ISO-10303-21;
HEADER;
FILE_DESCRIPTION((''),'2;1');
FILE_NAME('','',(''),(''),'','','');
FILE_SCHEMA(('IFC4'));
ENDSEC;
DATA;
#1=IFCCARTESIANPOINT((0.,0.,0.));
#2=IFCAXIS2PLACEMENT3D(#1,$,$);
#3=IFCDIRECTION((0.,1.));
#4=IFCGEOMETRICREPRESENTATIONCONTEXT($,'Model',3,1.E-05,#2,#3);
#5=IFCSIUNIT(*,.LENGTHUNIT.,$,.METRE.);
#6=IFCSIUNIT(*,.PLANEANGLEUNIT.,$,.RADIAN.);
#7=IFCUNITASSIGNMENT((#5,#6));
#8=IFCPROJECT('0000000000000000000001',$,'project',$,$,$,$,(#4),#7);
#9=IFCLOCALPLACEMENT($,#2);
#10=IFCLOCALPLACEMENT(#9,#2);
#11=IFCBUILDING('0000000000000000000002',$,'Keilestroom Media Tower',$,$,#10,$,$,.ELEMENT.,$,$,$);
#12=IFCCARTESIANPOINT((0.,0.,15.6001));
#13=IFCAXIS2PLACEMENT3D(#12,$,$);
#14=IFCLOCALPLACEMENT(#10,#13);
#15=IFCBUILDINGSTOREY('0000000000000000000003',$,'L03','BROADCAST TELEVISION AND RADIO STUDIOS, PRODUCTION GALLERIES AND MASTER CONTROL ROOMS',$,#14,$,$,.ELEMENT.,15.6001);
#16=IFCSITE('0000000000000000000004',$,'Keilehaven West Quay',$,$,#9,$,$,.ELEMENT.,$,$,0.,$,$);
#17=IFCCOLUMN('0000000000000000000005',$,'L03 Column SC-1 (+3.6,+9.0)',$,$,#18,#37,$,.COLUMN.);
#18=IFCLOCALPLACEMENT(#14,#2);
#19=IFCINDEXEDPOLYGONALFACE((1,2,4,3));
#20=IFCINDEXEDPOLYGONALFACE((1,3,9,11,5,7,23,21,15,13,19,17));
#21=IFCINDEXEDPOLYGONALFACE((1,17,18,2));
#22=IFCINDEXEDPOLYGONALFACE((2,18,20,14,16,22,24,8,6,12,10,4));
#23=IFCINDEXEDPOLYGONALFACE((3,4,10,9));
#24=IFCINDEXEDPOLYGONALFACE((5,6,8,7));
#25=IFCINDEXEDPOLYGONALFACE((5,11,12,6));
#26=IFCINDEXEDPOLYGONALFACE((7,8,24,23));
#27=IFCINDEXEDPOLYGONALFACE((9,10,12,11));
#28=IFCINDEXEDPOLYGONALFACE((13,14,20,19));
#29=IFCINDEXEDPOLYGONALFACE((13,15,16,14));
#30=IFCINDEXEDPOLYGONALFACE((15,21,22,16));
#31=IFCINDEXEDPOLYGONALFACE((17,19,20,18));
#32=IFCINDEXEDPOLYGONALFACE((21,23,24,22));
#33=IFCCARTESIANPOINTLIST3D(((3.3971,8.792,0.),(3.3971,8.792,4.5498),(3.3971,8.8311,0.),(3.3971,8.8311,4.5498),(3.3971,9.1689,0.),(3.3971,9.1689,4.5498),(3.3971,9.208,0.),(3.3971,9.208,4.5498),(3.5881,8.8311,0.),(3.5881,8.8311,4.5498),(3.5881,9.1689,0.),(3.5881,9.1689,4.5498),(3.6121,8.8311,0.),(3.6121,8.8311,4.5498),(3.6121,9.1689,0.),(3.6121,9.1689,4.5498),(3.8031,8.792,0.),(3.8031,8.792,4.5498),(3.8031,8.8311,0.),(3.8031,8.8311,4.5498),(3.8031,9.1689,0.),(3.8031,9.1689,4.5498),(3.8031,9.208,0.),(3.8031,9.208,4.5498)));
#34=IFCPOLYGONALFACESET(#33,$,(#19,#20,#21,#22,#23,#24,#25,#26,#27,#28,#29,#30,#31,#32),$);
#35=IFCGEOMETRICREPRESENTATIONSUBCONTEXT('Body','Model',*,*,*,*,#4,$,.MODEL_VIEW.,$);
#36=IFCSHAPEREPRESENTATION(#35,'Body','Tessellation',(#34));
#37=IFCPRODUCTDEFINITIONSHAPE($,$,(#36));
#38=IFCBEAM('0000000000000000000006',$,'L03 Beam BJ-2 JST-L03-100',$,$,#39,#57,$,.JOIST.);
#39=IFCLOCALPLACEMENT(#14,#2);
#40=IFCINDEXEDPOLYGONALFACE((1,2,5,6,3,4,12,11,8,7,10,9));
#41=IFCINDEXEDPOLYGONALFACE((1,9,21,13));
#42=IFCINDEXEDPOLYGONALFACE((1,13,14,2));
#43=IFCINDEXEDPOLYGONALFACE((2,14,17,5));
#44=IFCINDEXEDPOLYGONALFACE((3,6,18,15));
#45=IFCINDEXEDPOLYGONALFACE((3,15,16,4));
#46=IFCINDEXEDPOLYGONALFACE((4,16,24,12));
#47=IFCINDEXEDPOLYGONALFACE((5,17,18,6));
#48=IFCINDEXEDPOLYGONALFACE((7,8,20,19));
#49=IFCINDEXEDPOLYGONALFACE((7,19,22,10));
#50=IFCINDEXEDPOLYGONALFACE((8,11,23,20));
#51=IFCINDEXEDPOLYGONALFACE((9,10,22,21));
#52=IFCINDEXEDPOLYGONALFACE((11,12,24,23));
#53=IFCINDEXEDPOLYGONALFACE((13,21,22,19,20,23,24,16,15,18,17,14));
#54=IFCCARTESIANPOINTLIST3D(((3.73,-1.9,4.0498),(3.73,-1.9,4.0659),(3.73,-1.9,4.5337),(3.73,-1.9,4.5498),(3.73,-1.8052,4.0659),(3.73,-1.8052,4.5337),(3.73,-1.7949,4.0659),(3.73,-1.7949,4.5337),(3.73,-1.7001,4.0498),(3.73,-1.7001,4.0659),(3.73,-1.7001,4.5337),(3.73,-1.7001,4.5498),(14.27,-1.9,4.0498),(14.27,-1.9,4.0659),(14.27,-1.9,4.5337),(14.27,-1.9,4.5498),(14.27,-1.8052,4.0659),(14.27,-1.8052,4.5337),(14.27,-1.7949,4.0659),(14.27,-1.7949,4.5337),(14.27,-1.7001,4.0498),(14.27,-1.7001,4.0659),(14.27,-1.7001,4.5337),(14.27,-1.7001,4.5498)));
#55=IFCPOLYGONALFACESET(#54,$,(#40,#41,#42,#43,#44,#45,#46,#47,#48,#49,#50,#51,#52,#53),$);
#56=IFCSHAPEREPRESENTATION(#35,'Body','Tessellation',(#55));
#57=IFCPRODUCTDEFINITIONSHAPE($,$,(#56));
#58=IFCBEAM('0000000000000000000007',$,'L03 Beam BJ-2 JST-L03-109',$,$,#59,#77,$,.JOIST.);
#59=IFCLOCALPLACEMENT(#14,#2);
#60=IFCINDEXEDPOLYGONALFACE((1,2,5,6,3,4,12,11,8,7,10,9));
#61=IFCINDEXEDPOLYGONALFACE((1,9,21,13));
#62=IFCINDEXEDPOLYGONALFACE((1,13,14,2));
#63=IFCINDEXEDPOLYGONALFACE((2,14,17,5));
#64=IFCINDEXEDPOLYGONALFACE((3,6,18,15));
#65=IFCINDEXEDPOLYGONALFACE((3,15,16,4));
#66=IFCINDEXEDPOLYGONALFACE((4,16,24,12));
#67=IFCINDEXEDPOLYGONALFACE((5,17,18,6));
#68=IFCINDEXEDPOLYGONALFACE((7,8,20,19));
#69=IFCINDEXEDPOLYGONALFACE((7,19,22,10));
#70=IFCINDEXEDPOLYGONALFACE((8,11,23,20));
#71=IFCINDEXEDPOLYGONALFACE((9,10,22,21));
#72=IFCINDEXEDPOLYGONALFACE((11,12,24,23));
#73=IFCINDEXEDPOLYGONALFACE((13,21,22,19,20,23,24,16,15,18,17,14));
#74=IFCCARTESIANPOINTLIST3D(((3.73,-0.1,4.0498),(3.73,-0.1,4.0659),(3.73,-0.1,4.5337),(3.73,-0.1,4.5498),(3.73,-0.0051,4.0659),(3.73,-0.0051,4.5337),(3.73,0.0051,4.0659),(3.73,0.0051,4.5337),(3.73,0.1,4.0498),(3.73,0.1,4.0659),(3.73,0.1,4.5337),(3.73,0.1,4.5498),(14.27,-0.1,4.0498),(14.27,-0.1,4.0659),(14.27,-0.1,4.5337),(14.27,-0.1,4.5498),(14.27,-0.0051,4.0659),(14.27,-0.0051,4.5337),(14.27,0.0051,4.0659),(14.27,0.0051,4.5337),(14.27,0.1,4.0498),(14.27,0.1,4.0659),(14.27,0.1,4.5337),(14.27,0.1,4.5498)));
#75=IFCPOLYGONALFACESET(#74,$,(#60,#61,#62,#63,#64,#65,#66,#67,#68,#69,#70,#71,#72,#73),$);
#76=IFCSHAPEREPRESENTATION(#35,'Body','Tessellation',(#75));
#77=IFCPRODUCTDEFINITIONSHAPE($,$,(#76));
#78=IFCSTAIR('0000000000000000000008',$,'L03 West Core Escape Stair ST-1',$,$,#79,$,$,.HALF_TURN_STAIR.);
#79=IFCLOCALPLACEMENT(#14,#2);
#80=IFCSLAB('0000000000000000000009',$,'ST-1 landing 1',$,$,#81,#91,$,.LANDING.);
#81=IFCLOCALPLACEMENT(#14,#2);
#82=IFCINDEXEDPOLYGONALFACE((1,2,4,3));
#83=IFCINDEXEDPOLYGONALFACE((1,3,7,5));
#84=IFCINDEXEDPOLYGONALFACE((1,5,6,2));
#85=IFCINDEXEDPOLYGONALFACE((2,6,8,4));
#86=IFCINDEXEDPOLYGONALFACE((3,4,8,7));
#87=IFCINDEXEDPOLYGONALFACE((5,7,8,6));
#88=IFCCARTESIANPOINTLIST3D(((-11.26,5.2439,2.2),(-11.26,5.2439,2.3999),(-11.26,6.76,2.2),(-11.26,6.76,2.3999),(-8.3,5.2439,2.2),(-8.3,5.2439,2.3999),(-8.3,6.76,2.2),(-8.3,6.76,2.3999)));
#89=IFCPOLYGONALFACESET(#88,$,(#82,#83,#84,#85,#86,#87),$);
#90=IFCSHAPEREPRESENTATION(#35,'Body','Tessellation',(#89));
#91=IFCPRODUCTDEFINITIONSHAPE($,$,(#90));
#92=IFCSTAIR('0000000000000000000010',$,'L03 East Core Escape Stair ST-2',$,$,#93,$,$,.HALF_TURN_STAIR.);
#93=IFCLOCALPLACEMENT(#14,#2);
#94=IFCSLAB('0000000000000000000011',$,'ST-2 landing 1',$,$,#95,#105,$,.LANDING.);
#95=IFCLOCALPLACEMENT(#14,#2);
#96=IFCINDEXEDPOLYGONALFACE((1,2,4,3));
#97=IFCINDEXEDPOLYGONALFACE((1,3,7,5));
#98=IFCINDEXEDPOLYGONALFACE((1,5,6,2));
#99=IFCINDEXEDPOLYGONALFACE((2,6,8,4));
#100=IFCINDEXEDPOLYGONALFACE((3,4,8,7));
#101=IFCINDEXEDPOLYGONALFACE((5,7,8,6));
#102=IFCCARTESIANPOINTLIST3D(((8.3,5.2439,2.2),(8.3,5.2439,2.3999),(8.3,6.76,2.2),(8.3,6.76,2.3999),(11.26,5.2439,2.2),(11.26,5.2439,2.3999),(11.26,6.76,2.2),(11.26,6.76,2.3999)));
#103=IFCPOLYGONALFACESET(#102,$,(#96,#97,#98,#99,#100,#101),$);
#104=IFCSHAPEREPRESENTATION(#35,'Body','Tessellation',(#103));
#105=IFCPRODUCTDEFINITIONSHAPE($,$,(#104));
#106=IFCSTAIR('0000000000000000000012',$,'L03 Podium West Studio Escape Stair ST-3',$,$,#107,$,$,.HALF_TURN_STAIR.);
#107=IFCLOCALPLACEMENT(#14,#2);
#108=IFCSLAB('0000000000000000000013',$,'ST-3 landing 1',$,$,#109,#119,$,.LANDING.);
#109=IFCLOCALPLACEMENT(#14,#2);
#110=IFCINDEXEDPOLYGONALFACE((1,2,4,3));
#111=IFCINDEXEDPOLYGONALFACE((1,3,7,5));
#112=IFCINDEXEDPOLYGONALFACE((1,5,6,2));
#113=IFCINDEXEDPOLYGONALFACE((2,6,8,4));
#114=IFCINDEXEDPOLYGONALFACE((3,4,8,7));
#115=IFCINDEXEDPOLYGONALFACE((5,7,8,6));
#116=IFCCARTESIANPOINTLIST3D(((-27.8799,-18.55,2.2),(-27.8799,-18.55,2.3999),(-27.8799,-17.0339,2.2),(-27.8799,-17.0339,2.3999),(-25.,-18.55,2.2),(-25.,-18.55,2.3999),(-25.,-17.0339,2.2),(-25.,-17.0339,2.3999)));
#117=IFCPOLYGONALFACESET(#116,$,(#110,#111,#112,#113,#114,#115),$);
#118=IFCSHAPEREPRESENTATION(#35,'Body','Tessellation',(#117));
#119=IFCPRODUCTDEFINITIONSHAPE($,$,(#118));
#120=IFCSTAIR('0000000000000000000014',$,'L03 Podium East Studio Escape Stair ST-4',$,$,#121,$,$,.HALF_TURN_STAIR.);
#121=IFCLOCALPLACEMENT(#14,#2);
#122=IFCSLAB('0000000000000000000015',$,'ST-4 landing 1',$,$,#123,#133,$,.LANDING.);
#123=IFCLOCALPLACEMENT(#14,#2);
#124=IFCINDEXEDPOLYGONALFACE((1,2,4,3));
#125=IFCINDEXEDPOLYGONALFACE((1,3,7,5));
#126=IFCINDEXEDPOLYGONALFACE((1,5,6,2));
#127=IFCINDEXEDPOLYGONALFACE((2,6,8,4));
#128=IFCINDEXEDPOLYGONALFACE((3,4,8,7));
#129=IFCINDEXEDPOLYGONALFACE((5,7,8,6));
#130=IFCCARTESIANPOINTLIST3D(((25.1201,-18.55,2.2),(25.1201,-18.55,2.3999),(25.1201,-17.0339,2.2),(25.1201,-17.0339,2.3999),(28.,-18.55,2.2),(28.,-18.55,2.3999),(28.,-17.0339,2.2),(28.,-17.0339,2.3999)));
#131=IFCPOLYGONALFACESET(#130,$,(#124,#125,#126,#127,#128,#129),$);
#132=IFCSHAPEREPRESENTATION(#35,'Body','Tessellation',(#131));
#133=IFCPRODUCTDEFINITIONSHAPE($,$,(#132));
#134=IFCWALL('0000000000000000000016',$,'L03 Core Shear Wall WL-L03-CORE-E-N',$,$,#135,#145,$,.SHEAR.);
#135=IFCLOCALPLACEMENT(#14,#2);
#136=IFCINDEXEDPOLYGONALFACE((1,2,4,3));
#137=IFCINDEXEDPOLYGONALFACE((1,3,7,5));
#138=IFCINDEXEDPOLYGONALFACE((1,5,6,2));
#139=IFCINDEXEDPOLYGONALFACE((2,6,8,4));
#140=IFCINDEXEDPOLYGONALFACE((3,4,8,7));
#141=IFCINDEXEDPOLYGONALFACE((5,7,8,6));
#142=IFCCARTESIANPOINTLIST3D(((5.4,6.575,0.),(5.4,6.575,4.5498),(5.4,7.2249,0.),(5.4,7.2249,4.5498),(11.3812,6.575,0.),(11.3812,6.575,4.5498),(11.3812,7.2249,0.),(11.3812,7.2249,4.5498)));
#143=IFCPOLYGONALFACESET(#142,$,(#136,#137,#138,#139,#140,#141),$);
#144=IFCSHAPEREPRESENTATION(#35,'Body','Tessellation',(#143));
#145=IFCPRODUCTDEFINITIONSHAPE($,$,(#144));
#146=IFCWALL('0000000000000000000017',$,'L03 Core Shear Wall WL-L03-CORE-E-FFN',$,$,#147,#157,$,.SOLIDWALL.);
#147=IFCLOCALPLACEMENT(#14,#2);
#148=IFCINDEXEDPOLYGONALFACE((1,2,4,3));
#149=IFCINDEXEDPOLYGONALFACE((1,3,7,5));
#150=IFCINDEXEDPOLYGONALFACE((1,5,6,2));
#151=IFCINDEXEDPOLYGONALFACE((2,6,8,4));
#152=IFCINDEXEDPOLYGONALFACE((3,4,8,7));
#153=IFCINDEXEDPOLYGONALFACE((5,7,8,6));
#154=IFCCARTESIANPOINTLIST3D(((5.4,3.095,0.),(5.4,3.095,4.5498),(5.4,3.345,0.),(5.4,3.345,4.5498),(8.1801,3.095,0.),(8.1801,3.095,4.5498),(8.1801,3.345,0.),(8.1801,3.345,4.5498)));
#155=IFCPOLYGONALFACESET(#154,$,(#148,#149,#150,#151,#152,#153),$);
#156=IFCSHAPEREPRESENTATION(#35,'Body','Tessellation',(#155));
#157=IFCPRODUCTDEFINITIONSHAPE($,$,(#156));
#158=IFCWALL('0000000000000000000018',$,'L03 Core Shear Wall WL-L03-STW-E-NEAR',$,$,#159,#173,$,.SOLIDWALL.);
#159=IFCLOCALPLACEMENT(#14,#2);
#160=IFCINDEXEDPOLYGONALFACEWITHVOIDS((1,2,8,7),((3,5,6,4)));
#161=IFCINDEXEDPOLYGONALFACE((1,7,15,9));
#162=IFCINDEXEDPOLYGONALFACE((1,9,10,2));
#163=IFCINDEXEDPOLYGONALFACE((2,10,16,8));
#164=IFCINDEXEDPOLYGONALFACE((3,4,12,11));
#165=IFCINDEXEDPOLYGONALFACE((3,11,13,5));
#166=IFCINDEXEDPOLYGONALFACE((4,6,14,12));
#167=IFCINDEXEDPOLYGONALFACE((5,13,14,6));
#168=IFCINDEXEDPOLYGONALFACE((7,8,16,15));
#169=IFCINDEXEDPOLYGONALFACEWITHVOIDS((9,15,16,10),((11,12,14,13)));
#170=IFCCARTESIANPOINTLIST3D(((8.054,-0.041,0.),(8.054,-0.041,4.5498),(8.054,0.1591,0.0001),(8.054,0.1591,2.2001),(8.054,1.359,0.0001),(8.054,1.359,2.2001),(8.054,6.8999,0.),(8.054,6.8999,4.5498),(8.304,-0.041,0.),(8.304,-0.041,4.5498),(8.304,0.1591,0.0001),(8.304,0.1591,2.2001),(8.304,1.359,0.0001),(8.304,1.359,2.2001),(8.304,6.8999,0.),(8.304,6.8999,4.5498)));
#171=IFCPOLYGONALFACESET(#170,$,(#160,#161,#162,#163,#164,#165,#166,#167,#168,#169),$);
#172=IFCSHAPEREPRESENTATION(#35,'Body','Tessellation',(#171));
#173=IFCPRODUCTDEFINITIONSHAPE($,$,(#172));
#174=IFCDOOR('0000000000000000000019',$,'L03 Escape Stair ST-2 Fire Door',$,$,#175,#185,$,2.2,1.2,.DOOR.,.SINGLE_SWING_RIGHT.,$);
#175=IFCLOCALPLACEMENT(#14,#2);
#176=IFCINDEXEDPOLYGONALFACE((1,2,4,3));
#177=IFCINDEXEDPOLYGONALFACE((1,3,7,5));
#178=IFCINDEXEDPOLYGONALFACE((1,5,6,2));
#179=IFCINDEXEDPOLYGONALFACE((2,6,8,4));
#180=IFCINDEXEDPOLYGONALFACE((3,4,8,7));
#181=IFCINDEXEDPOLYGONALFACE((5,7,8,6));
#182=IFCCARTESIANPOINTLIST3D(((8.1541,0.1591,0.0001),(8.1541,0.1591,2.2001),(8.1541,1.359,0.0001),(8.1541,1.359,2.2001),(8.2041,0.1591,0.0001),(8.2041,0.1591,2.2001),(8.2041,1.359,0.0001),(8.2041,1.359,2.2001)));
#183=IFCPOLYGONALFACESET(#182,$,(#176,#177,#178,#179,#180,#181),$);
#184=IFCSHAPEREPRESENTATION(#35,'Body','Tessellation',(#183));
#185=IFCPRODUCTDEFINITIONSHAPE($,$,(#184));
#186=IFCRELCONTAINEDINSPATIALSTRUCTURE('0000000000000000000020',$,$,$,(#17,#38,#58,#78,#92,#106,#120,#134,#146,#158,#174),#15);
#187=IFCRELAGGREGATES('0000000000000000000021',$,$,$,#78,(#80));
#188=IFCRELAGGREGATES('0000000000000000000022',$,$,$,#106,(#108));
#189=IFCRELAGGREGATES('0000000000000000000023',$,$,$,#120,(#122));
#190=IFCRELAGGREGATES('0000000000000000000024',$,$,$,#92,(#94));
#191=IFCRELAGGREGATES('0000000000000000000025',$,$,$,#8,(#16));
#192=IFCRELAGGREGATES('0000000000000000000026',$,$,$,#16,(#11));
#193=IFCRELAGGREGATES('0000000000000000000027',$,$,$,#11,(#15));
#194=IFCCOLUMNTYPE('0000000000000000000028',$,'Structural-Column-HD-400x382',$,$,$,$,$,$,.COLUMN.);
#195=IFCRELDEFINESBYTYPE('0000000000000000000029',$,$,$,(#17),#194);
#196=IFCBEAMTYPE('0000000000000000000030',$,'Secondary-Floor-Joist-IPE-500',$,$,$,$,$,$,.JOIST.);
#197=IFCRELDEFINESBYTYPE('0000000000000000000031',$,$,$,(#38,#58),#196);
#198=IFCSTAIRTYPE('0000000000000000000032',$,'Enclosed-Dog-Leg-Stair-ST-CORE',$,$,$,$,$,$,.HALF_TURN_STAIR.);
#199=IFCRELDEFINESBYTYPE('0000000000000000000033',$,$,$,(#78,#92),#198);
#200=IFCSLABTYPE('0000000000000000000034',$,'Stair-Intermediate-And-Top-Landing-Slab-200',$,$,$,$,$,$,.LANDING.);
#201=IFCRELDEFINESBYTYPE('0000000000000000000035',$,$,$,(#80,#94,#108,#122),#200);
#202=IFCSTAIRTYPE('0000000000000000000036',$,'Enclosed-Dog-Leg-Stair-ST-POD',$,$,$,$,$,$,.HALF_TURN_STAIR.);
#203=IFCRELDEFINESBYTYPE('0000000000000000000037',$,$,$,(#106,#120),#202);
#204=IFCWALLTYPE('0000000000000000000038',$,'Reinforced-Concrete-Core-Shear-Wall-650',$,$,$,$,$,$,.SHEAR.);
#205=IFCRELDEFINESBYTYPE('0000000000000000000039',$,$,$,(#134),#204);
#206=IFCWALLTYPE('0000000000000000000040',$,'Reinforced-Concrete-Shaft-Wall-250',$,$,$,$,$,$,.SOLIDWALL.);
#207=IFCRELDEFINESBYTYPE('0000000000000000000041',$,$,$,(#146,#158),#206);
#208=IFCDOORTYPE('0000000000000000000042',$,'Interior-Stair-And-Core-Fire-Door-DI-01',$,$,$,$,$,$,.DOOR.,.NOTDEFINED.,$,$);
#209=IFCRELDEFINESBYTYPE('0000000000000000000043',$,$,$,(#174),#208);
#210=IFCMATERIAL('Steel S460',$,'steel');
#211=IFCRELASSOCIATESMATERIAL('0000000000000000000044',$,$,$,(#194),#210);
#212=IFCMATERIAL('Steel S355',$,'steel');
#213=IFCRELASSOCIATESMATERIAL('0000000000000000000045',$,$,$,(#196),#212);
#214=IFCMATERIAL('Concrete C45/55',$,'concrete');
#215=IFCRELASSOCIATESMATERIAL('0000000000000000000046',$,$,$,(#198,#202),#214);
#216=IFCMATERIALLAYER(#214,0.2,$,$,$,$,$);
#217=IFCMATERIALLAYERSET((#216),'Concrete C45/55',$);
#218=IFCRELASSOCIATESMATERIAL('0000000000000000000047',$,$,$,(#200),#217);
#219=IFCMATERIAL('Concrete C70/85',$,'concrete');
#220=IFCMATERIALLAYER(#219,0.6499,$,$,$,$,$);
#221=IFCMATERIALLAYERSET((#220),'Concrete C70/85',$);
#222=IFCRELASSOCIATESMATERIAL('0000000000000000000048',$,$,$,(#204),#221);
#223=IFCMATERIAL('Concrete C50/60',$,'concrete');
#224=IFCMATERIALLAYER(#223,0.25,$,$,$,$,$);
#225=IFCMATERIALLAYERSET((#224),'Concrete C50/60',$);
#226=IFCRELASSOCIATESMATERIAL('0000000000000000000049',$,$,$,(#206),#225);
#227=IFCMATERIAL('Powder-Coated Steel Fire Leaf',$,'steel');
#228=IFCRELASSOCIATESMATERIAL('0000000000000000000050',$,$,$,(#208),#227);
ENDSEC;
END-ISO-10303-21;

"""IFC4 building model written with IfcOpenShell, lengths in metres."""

from ifc_helpers import new_model, si_unit, direction, frame, frame_2d, origin, origin_2d, place, context, subcontext, project, spatial, polyline, rectangle, i_section, outline, extrude, source, transform, mapped, material, layer, layer_set, material_profile, profile_set, type_object, element, fill, aggregate, save


model = new_model("IFC4")

# Units and contexts
model_context = context("Model", 3, precision=1e-05, world=origin(), true_north=direction((0.0, 1.0)))
body_context = subcontext(model_context, "Body", "Model", "MODEL_VIEW")
ifc_project = project(units=[si_unit("LENGTHUNIT", "METRE"), si_unit("PLANEANGLEUNIT", "RADIAN")], contexts=[model_context])

# Site, building, storey
site_placement = place(None, origin())
site = spatial("IfcSite", under=ifc_project, at=site_placement, Name="Keilehaven West Quay", CompositionType="ELEMENT", RefElevation=0.0)
building_placement = place(site_placement, origin())
building = spatial("IfcBuilding", under=site, at=building_placement, Name="Keilestroom Media Tower", CompositionType="ELEMENT")
storey_placement = place(building_placement, frame((0.0, 0.0, 15.6001)))
storey = spatial("IfcBuildingStorey", under=building, at=storey_placement, Name="L03", Description="BROADCAST TELEVISION AND RADIO STUDIOS, PRODUCTION GALLERIES AND MASTER CONTROL ROOMS", CompositionType="ELEMENT", Elevation=15.6001)

# Column
ifc_material_1 = material(Name="Steel S460", Category="steel")
ifc_material_profile_1 = material_profile(ifc_material_1, i_section(OverallWidth=0.406, OverallDepth=0.416, WebThickness=0.0239, FlangeThickness=0.0391, at=origin_2d()), Name="HD 400x382")
ifc_profile_set_1 = profile_set([ifc_material_profile_1], Name="Steel S460")
column_type = type_object("IfcColumnType", Name="Structural-Column-HD-400x382", PredefinedType="COLUMN", material=ifc_profile_set_1)
shared_shape_1 = source(origin(), body_context, "Body", "SweptSolid", [
    extrude(i_section(OverallWidth=0.406, OverallDepth=0.416, WebThickness=0.0239, FlangeThickness=0.0391, at=origin_2d()), origin(), (0.0, 0.0, 1.0), 4.5498),
])
column_placement = place(storey_placement, frame((3.6001, 9.0, 0.0), z_axis=(0.0, 0.0, 1.0), x_axis=(1.0, 0.0, 0.0)))
element("IfcColumn", 1, at=column_placement, inside=storey, type_object=column_type, Name="L03 Column SC-1 (+3.6,+9.0)", PredefinedType="COLUMN", context=body_context, shape_type="MappedRepresentation", body=[
    mapped(shared_shape_1, transform((0.0, 0.0, 0.0), x_axis=(1.0, 0.0, 0.0), y_axis=(0.0, 1.0, 0.0), z_axis=(0.0, 0.0, 1.0), scale=1.0)),
])

# Beams
ifc_material_2 = material(Name="Steel S355", Category="steel")
ifc_material_profile_2 = material_profile(ifc_material_2, i_section(OverallWidth=0.2, OverallDepth=0.5, WebThickness=0.0103, FlangeThickness=0.0161, at=origin_2d()), Name="IPE 500")
ifc_profile_set_2 = profile_set([ifc_material_profile_2], Name="Steel S355")
beam_type = type_object("IfcBeamType", Name="Secondary-Floor-Joist-IPE-500", PredefinedType="JOIST", material=ifc_profile_set_2)
shared_shape_2 = source(origin(), body_context, "Body", "SweptSolid", [
    extrude(i_section(OverallWidth=0.2, OverallDepth=0.5, WebThickness=0.0103, FlangeThickness=0.0161, at=origin_2d()), origin(), (0.0, 0.0, 1.0), 10.54),
])
for number, where, z_axis, x_axis, name in (
    (2, (3.73, -1.8, 4.2998), (1.0, 0.0, 0.0), (0.0, 1.0, 0.0), "L03 Beam BJ-2 JST-L03-100"),
    (3, (3.73, 0.0, 4.2998), (1.0, 0.0, 0.0), (0.0, 1.0, 0.0), "L03 Beam BJ-2 JST-L03-109"),
):
    element("IfcBeam", number, at=place(storey_placement, frame(where, z_axis=z_axis, x_axis=x_axis)), inside=storey, type_object=beam_type, Name=name, PredefinedType="JOIST", context=body_context, shape_type="MappedRepresentation", body=[
        mapped(shared_shape_2, transform((0.0, 0.0, 0.0), x_axis=(1.0, 0.0, 0.0), y_axis=(0.0, 1.0, 0.0), z_axis=(0.0, 0.0, 1.0), scale=1.0)),
    ])

# Stairs, slabs
ifc_material_3 = material(Name="Concrete C45/55", Category="concrete")
stair_type_1 = type_object("IfcStairType", Name="Enclosed-Dog-Leg-Stair-ST-CORE", PredefinedType="HALF_TURN_STAIR", material=ifc_material_3)
stair_1_placement = place(storey_placement, origin())
stair_1 = element("IfcStair", 4, at=stair_1_placement, inside=storey, type_object=stair_type_1, Name="L03 West Core Escape Stair ST-1", PredefinedType="HALF_TURN_STAIR")
ifc_layer_1 = layer(ifc_material_3, 0.2)
ifc_layer_set_1 = layer_set([ifc_layer_1], Name="Concrete C45/55")
slab_type = type_object("IfcSlabType", Name="Stair-Intermediate-And-Top-Landing-Slab-200", PredefinedType="LANDING", material=ifc_layer_set_1)
slab_1_placement = place(storey_placement, frame((0.0, 0.0, 2.2)))
slab_1 = element("IfcSlab", 5, at=slab_1_placement, type_object=slab_type, Name="ST-1 landing 1", PredefinedType="LANDING", context=body_context, shape_type="SweptSolid", body=[
    extrude(outline(polyline([(-8.3, 5.2439), (-8.3, 6.76), (-11.26, 6.76), (-11.26, 5.2439), (-8.3, 5.2439)])), origin(), (0.0, 0.0, 1.0), 0.2),
])
aggregate(stair_1, [slab_1])
stair_2_placement = place(storey_placement, origin())
stair_2 = element("IfcStair", 6, at=stair_2_placement, inside=storey, type_object=stair_type_1, Name="L03 East Core Escape Stair ST-2", PredefinedType="HALF_TURN_STAIR")
slab_2_placement = place(storey_placement, frame((0.0, 0.0, 2.2)))
slab_2 = element("IfcSlab", 7, at=slab_2_placement, type_object=slab_type, Name="ST-2 landing 1", PredefinedType="LANDING", context=body_context, shape_type="SweptSolid", body=[
    extrude(outline(polyline([(11.26, 5.2439), (11.26, 6.76), (8.3, 6.76), (8.3, 5.2439), (11.26, 5.2439)])), origin(), (0.0, 0.0, 1.0), 0.2),
])
stair_type_2 = type_object("IfcStairType", Name="Enclosed-Dog-Leg-Stair-ST-POD", PredefinedType="HALF_TURN_STAIR", material=ifc_material_3)
stair_3_placement = place(storey_placement, origin())
stair_3 = element("IfcStair", 8, at=stair_3_placement, inside=storey, type_object=stair_type_2, Name="L03 Podium West Studio Escape Stair ST-3", PredefinedType="HALF_TURN_STAIR")
slab_3_placement = place(storey_placement, frame((0.0, 0.0, 2.2)))
slab_3 = element("IfcSlab", 9, at=slab_3_placement, type_object=slab_type, Name="ST-3 landing 1", PredefinedType="LANDING", context=body_context, shape_type="SweptSolid", body=[
    extrude(outline(polyline([(-27.8799, -17.0339), (-27.8799, -18.55), (-25.0, -18.55), (-25.0, -17.0339), (-27.8799, -17.0339)])), origin(), (0.0, 0.0, 1.0), 0.2),
])
aggregate(stair_3, [slab_3])
stair_4_placement = place(storey_placement, origin())
stair_4 = element("IfcStair", 10, at=stair_4_placement, inside=storey, type_object=stair_type_2, Name="L03 Podium East Studio Escape Stair ST-4", PredefinedType="HALF_TURN_STAIR")
slab_4_placement = place(storey_placement, frame((0.0, 0.0, 2.2)))
slab_4 = element("IfcSlab", 11, at=slab_4_placement, type_object=slab_type, Name="ST-4 landing 1", PredefinedType="LANDING", context=body_context, shape_type="SweptSolid", body=[
    extrude(outline(polyline([(25.1201, -17.0339), (25.1201, -18.55), (28.0, -18.55), (28.0, -17.0339), (25.1201, -17.0339)])), origin(), (0.0, 0.0, 1.0), 0.2),
])
aggregate(stair_4, [slab_4])

# Walls
ifc_material_4 = material(Name="Concrete C70/85", Category="concrete")
ifc_layer_2 = layer(ifc_material_4, 0.6499)
ifc_layer_set_2 = layer_set([ifc_layer_2], Name="Concrete C70/85")
wall_type_1 = type_object("IfcWallType", Name="Reinforced-Concrete-Core-Shear-Wall-650", PredefinedType="SHEAR", material=ifc_layer_set_2)
wall_1_placement = place(storey_placement, frame((5.3999, 6.8999, 0.0), z_axis=(0.0, 0.0, 1.0), x_axis=(1.0, 0.0, 0.0)))
element("IfcWall", 12, at=wall_1_placement, inside=storey, type_object=wall_type_1, Name="L03 Core Shear Wall WL-L03-CORE-E-N", PredefinedType="SHEAR", context=body_context, shape_type="SweptSolid", body=[
    extrude(rectangle(XDim=5.9812, YDim=0.6499, at=frame_2d((2.9907, 0.0))), origin(), (0.0, 0.0, 1.0), 4.5498),
])
ifc_material_5 = material(Name="Concrete C50/60", Category="concrete")
ifc_layer_3 = layer(ifc_material_5, 0.25)
ifc_layer_set_3 = layer_set([ifc_layer_3], Name="Concrete C50/60")
wall_type_2 = type_object("IfcWallType", Name="Reinforced-Concrete-Shaft-Wall-250", PredefinedType="SOLIDWALL", material=ifc_layer_set_3)
wall_2_placement = place(storey_placement, frame((5.3999, 3.22, 0.0), z_axis=(0.0, 0.0, 1.0), x_axis=(1.0, 0.0, 0.0)))
element("IfcWall", 13, at=wall_2_placement, inside=storey, type_object=wall_type_2, Name="L03 Core Shear Wall WL-L03-CORE-E-FFN", PredefinedType="SOLIDWALL", context=body_context, shape_type="SweptSolid", body=[
    extrude(rectangle(XDim=2.78, YDim=0.25, at=frame_2d((1.3901, 0.0))), origin(), (0.0, 0.0, 1.0), 4.5498),
])

# Wall, opening, door
wall_3_placement = place(storey_placement, frame((8.179, -0.041, 0.0), z_axis=(0.0, 0.0, 1.0), x_axis=(0.0, 1.0, 0.0)))
wall_3 = element("IfcWall", 14, at=wall_3_placement, inside=storey, type_object=wall_type_2, Name="L03 Core Shear Wall WL-L03-STW-E-NEAR", PredefinedType="SOLIDWALL", context=body_context, shape_type="SweptSolid", body=[
    extrude(rectangle(XDim=6.9409, YDim=0.25, at=frame_2d((3.4705, 0.0))), origin(), (0.0, 0.0, 1.0), 4.5498),
])
opening_placement = place(wall_3_placement, frame((0.2, 0.0, 0.0)))
opening = element("IfcOpeningElement", 15, at=opening_placement, cuts=wall_3, PredefinedType="OPENING", context=body_context, shape_type="SweptSolid", body=[
    extrude(rectangle(XDim=1.2, YDim=2.2, at=frame_2d((0.6001, 1.1001))), frame((0.0, 0.135, 0.0), z_axis=(0.0, -1.0, 0.0), x_axis=(1.0, 0.0, 0.0)), (0.0, 0.0, 1.0), 0.27),
])
ifc_material_6 = material(Name="Powder-Coated Steel Fire Leaf", Category="steel")
door_type = type_object("IfcDoorType", Name="Interior-Stair-And-Core-Fire-Door-DI-01", OperationType="NOTDEFINED", PredefinedType="DOOR", material=ifc_material_6)
shared_shape_3 = source(origin(), body_context, "Body", "SweptSolid", [
    extrude(rectangle(XDim=1.2, YDim=2.2, at=frame_2d((0.6001, 1.1001))), frame((0.0, 0.0249, 0.0), z_axis=(0.0, -1.0, 0.0), x_axis=(1.0, 0.0, 0.0)), (0.0, 0.0, 1.0), 0.05),
])
door_placement = place(opening_placement, origin())
door = element("IfcDoor", 16, at=door_placement, inside=storey, type_object=door_type, Name="L03 Escape Stair ST-2 Fire Door", OperationType="SINGLE_SWING_RIGHT", OverallHeight=2.2, OverallWidth=1.2, PredefinedType="DOOR", context=body_context, shape_type="MappedRepresentation", body=[
    mapped(shared_shape_3, transform((0.0, 0.0, 0.0), x_axis=(1.0, 0.0, 0.0), y_axis=(0.0, 1.0, 0.0), z_axis=(0.0, 0.0, 1.0), scale=1.0)),
])
fill(opening, door)

aggregate(stair_2, [slab_2])

save(model, "model.ifc")
